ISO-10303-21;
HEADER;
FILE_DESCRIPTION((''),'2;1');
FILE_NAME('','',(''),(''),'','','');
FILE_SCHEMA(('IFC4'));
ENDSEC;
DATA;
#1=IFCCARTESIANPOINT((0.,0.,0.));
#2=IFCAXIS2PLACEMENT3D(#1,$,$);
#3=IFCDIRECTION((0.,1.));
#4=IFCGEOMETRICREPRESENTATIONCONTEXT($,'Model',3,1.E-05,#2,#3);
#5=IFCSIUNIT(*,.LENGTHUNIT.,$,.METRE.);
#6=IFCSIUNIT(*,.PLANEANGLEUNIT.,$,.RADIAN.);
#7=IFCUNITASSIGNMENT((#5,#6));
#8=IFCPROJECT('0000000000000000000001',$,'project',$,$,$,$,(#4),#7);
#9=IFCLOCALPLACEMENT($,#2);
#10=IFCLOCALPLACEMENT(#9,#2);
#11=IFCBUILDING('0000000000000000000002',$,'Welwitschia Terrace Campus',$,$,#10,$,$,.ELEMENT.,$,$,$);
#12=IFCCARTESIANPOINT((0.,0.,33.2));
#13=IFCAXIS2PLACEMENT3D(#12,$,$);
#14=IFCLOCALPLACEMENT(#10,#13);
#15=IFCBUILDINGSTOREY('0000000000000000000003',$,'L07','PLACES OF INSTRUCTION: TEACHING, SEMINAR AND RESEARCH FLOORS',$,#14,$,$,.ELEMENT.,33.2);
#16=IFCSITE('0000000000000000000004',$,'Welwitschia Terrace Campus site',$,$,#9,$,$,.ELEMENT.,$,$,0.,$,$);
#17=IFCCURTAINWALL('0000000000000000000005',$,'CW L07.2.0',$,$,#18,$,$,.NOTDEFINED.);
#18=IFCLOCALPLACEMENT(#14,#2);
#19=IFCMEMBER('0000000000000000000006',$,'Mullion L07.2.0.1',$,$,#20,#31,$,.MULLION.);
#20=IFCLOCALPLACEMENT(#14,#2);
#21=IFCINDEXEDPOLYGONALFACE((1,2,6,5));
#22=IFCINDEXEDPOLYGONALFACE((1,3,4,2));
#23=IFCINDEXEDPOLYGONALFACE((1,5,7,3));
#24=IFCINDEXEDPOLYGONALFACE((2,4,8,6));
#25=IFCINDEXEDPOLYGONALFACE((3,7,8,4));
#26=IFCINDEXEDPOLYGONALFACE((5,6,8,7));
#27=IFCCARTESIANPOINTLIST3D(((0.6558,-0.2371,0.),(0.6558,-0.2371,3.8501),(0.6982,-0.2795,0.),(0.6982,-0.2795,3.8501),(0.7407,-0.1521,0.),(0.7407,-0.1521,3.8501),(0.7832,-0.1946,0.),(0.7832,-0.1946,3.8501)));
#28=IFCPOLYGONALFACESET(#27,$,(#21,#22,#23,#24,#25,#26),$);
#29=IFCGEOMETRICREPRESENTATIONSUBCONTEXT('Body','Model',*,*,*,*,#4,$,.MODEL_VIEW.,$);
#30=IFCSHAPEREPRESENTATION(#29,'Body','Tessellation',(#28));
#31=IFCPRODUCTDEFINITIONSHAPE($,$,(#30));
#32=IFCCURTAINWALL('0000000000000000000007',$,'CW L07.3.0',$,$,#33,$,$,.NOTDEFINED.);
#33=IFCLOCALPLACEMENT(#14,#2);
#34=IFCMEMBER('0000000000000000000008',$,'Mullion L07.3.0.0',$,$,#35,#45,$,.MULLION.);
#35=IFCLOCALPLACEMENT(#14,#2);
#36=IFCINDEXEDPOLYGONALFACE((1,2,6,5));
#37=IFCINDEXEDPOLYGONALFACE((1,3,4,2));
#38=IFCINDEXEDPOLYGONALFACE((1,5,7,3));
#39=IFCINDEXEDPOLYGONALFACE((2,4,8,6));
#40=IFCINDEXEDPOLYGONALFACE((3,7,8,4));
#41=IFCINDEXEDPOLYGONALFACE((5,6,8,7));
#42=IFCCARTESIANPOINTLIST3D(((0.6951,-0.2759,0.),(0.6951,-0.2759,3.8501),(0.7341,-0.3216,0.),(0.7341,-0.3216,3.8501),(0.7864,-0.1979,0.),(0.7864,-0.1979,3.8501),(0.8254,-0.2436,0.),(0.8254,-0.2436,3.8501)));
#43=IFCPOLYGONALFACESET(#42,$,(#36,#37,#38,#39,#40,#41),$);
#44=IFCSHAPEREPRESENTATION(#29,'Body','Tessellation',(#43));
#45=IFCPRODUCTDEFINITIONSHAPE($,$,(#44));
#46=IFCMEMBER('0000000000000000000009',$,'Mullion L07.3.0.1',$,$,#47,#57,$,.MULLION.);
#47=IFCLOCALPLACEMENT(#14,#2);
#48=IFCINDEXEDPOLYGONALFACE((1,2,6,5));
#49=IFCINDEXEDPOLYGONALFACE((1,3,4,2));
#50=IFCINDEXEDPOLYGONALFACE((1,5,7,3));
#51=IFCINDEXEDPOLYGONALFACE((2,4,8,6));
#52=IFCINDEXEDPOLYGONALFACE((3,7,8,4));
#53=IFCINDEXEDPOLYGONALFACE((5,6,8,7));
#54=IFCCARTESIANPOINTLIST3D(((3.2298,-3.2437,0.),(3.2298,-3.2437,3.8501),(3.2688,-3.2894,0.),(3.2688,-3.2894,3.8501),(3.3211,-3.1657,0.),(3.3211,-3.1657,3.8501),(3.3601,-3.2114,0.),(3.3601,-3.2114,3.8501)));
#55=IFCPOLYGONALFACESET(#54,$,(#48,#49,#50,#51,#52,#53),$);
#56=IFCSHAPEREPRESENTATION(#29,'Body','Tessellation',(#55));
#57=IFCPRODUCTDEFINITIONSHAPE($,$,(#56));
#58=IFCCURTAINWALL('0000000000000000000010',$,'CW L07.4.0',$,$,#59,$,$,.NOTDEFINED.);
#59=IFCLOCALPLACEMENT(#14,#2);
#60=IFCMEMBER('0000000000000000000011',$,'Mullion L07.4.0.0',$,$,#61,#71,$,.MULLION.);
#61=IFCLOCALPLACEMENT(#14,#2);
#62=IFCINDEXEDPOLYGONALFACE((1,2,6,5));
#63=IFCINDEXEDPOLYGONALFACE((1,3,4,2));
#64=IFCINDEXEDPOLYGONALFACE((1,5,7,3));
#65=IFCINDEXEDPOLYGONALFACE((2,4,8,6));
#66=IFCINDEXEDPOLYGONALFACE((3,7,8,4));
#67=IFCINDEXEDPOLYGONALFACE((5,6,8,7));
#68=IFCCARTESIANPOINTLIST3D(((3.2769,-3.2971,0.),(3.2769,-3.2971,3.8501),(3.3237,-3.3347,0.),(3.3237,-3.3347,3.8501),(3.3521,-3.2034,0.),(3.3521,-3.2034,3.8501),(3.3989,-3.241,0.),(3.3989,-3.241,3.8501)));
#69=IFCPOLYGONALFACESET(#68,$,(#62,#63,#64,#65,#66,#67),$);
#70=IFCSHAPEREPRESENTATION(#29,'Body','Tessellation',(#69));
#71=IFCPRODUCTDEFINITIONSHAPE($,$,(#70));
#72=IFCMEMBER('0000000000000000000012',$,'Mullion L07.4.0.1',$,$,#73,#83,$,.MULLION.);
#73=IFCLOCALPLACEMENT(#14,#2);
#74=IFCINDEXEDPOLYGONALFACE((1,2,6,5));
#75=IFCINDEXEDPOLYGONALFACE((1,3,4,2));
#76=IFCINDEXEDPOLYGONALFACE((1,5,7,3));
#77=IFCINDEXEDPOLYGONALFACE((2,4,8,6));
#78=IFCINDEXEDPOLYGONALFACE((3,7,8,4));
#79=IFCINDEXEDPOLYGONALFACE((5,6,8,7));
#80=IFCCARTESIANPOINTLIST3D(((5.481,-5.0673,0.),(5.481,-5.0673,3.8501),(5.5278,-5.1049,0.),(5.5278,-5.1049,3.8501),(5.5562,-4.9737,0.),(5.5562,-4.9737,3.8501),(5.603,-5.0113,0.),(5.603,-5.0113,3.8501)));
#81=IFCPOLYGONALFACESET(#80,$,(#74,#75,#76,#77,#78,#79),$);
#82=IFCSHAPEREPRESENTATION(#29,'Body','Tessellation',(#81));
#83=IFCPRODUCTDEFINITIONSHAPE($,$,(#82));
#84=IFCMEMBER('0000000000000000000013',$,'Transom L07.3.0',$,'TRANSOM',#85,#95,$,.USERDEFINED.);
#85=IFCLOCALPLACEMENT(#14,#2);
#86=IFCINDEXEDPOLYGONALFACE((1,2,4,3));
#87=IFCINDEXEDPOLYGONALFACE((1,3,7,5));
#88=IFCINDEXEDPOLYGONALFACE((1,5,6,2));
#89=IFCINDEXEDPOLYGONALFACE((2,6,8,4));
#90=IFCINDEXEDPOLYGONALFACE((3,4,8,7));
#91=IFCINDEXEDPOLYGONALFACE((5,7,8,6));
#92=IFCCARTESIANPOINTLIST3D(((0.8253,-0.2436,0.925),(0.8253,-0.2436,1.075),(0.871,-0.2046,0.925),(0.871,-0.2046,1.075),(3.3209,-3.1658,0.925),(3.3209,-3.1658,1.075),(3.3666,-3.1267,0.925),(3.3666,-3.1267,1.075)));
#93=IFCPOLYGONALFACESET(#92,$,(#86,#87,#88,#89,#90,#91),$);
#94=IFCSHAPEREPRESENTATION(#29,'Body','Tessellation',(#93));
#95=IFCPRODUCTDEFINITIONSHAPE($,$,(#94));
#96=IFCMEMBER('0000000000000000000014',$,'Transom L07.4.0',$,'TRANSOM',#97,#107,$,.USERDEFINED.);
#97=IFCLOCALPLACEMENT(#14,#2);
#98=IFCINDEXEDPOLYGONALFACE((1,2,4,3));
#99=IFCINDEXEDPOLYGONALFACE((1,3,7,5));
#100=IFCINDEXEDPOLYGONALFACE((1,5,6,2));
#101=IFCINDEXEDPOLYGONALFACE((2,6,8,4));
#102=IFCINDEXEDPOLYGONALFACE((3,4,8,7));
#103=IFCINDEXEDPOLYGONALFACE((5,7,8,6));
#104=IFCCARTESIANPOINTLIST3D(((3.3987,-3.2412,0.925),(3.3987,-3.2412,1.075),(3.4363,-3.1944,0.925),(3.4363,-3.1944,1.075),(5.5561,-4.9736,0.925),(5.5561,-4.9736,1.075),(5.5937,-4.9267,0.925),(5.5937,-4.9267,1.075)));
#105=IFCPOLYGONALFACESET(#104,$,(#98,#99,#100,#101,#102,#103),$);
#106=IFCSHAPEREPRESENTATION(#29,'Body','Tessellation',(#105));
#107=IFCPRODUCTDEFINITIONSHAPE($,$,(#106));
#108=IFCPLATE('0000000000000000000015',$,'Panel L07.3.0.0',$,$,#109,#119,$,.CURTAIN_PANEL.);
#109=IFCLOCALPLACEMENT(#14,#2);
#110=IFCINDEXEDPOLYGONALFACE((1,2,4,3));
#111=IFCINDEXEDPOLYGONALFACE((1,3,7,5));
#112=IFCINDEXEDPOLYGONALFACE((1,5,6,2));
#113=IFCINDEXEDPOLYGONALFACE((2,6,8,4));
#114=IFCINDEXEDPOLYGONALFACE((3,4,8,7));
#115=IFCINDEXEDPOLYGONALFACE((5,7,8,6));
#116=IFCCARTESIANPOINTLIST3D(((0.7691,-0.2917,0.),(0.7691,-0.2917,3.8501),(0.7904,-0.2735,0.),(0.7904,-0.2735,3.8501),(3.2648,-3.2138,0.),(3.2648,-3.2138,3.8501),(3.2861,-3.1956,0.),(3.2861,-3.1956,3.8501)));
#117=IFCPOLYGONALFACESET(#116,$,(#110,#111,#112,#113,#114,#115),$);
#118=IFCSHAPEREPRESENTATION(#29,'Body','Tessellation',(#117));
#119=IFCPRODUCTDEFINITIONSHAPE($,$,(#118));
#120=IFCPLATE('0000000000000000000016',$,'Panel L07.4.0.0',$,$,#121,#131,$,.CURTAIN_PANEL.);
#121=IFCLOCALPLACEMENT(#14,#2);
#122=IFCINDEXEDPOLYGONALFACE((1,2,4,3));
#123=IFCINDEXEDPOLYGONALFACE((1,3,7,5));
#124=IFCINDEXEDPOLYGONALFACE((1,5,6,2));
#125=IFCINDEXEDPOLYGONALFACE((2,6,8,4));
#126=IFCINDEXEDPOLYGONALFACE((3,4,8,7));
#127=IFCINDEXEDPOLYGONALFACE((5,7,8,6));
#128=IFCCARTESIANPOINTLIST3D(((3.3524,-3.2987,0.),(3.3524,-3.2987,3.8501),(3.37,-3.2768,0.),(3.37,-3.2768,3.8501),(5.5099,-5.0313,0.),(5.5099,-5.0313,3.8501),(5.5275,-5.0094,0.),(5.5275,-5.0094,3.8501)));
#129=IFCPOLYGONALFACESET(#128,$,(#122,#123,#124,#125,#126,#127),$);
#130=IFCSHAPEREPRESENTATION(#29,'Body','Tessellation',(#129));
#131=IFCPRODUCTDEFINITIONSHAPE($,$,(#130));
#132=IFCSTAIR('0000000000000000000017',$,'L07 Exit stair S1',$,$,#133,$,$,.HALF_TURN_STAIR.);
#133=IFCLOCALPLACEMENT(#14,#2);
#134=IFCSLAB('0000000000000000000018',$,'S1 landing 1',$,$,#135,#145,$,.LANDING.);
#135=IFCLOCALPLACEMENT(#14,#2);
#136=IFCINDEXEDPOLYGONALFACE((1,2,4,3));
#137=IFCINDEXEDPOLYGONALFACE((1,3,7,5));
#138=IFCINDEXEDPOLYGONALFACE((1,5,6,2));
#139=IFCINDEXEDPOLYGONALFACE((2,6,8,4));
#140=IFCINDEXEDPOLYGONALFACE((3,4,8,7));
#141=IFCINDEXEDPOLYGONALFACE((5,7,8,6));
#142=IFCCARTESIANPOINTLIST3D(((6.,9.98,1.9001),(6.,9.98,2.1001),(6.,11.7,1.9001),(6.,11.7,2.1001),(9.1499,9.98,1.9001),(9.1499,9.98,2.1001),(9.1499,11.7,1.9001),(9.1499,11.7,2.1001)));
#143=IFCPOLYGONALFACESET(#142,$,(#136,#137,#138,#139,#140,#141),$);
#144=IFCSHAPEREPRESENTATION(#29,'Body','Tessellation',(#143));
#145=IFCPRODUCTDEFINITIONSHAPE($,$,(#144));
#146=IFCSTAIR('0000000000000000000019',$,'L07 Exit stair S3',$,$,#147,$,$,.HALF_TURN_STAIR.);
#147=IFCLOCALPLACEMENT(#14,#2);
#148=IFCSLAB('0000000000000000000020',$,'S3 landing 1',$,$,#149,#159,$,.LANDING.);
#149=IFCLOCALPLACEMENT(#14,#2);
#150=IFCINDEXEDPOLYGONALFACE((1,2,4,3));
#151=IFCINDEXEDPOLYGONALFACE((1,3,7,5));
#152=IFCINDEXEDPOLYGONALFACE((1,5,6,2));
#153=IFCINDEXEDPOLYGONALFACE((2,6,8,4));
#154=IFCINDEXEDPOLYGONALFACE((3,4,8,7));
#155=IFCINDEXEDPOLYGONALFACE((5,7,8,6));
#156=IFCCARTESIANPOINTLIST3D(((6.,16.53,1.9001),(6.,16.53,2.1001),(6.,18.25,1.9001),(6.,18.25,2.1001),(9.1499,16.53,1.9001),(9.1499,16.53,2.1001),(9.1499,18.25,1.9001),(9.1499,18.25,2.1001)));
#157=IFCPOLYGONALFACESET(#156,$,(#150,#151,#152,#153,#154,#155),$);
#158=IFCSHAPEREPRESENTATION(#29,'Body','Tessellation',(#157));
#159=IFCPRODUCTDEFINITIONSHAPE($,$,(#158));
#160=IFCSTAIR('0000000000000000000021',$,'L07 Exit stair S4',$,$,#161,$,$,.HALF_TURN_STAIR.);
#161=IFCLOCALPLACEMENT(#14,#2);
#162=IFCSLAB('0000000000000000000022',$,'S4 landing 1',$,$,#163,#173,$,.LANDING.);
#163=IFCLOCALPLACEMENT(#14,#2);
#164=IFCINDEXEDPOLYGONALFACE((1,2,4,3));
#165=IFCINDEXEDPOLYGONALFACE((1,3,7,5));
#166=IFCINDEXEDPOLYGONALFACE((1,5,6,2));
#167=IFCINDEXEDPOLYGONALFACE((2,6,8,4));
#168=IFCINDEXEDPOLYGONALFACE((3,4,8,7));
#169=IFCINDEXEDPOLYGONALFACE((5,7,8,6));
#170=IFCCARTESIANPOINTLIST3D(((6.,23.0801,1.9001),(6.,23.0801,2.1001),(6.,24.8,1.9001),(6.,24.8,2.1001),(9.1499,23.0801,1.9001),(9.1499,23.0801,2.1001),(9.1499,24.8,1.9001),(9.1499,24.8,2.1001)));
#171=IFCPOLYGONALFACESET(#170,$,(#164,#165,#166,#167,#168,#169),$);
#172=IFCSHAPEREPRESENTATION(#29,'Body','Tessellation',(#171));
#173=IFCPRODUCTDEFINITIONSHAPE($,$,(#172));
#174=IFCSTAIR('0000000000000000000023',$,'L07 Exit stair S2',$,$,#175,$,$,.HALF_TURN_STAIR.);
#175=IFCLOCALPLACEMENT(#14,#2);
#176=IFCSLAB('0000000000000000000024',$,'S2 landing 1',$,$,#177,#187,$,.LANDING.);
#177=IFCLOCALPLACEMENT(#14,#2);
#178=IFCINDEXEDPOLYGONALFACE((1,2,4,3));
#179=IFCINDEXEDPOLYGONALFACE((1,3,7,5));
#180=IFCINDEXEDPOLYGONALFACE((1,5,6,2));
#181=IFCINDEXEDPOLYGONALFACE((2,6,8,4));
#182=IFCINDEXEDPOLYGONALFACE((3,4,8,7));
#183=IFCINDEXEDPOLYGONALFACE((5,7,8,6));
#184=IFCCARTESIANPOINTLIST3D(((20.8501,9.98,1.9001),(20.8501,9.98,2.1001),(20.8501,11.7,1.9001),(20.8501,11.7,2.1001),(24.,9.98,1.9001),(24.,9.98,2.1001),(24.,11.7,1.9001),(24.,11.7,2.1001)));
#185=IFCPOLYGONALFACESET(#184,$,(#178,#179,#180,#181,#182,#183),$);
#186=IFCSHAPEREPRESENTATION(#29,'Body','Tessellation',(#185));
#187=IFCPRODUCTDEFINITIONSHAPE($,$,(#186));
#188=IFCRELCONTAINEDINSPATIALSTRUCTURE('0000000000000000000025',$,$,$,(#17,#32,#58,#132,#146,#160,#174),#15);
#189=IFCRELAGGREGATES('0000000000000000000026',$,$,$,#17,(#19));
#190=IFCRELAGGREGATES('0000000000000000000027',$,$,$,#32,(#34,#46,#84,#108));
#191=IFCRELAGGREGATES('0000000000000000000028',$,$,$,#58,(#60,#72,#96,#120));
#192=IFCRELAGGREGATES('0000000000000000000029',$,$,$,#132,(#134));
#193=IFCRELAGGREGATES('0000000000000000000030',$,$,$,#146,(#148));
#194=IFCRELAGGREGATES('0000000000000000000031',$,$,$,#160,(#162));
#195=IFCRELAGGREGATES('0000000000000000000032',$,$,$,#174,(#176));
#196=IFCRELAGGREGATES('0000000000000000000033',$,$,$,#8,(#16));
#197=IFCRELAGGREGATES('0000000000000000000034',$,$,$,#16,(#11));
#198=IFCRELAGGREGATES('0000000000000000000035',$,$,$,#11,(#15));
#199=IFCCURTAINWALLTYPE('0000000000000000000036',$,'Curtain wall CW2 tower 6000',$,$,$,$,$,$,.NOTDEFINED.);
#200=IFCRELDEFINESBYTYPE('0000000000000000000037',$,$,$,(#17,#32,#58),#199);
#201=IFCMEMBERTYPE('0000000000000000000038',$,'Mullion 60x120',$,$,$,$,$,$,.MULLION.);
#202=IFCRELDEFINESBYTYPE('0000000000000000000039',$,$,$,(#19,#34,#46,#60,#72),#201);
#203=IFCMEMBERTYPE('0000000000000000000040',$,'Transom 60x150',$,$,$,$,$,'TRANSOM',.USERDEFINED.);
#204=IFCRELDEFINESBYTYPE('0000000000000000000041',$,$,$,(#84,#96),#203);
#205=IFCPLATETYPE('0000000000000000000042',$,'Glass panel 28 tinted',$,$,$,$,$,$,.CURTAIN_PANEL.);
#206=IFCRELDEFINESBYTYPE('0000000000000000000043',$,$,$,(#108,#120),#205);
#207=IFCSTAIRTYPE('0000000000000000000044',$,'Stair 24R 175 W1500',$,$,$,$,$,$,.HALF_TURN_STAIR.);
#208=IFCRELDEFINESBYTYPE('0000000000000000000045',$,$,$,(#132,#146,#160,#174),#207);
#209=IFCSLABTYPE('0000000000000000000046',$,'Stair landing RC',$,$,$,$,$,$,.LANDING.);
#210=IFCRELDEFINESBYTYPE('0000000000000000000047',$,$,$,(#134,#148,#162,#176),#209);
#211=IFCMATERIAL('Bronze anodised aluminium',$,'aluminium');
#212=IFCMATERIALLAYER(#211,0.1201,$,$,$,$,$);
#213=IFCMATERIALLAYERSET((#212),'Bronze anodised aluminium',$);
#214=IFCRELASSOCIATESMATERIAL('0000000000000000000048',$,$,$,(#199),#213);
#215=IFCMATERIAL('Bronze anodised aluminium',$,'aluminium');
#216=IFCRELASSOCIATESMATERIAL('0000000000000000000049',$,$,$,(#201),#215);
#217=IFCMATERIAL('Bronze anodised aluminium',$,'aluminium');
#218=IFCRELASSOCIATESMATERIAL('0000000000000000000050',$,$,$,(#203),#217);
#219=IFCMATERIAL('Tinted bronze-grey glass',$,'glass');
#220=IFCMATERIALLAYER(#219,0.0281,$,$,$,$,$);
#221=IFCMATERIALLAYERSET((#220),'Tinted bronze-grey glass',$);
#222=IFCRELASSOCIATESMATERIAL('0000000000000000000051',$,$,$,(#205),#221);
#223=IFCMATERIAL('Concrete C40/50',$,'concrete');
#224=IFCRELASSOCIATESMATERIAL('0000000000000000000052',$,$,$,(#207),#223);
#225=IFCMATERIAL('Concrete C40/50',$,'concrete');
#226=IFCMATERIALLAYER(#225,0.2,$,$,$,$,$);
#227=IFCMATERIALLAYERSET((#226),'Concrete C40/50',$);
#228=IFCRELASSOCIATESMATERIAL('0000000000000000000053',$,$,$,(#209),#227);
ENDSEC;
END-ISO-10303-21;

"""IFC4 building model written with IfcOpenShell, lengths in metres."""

from ifc_helpers import new_model, si_unit, direction, frame, origin, origin_2d, place, context, subcontext, project, spatial, polyline, rectangle, outline, extrude, material, layer, layer_set, material_profile, profile_set, type_object, element, aggregate, save


model = new_model("IFC4")

# Units and contexts
model_context = context("Model", 3, precision=1e-05, world=origin(), true_north=direction((0.0, 1.0)))
body_context = subcontext(model_context, "Body", "Model", "MODEL_VIEW")
ifc_project = project(units=[si_unit("LENGTHUNIT", "METRE"), si_unit("PLANEANGLEUNIT", "RADIAN")], contexts=[model_context])

# Site, building, storey
site_placement = place(None, origin())
site = spatial("IfcSite", under=ifc_project, at=site_placement, Name="Welwitschia Terrace Campus site", CompositionType="ELEMENT", RefElevation=0.0)
building_placement = place(site_placement, origin())
building = spatial("IfcBuilding", under=site, at=building_placement, Name="Welwitschia Terrace Campus", CompositionType="ELEMENT")
storey_placement = place(building_placement, frame((0.0, 0.0, 33.2)))
storey = spatial("IfcBuildingStorey", under=building, at=storey_placement, Name="L07", Description="PLACES OF INSTRUCTION: TEACHING, SEMINAR AND RESEARCH FLOORS", CompositionType="ELEMENT", Elevation=33.2)

# Curtain wall, member
ifc_material_1 = material(Name="Bronze anodised aluminium", Category="aluminium")
ifc_layer_1 = layer(ifc_material_1, 0.1201)
ifc_layer_set_1 = layer_set([ifc_layer_1], Name="Bronze anodised aluminium")
curtain_wall_type = type_object("IfcCurtainWallType", Name="Curtain wall CW2 tower 6000", PredefinedType="NOTDEFINED", material=ifc_layer_set_1)
curtain_wall_1_placement = place(storey_placement, origin())
curtain_wall_1 = element("IfcCurtainWall", 1, at=curtain_wall_1_placement, inside=storey, type_object=curtain_wall_type, Name="CW L07.2.0", PredefinedType="NOTDEFINED")
ifc_material_2 = material(Name="Bronze anodised aluminium", Category="aluminium")
ifc_material_profile_1 = material_profile(ifc_material_2, rectangle(XDim=0.1201, YDim=0.0601, at=origin_2d()))
ifc_profile_set_1 = profile_set([ifc_material_profile_1], Name="Bronze anodised aluminium")
member_type_1 = type_object("IfcMemberType", Name="Mullion 60x120", PredefinedType="MULLION", material=ifc_profile_set_1)
member_1_placement = place(storey_placement, frame((0.7195, -0.2158, 0.0), z_axis=(0.0, 0.0, 1.0), x_axis=(0.707107, 0.707107, 0.0)))
member_1 = element("IfcMember", 2, at=member_1_placement, type_object=member_type_1, Name="Mullion L07.2.0.1", PredefinedType="MULLION", context=body_context, shape_type="SweptSolid", body=[
    extrude(rectangle(XDim=0.1201, YDim=0.0601, at=origin_2d()), origin(), (0.0, 0.0, 1.0), 3.8501),
])
aggregate(curtain_wall_1, [member_1])

# Curtain walls, members
curtain_wall_2_placement = place(storey_placement, origin())
curtain_wall_2 = element("IfcCurtainWall", 3, at=curtain_wall_2_placement, inside=storey, type_object=curtain_wall_type, Name="CW L07.3.0", PredefinedType="NOTDEFINED")
member_2_placement = place(storey_placement, frame((0.7603, -0.2598, 0.0), z_axis=(0.0, 0.0, 1.0), x_axis=(0.760406, 0.649448, 0.0)))
member_2 = element("IfcMember", 4, at=member_2_placement, type_object=member_type_1, Name="Mullion L07.3.0.0", PredefinedType="MULLION", context=body_context, shape_type="SweptSolid", body=[
    extrude(rectangle(XDim=0.1201, YDim=0.0601, at=origin_2d()), origin(), (0.0, 0.0, 1.0), 3.8501),
])
member_3_placement = place(storey_placement, frame((3.2949, -3.2275, 0.0), z_axis=(0.0, 0.0, 1.0), x_axis=(0.760406, 0.649448, 0.0)))
member_3 = element("IfcMember", 5, at=member_3_placement, type_object=member_type_1, Name="Mullion L07.3.0.1", PredefinedType="MULLION", context=body_context, shape_type="SweptSolid", body=[
    extrude(rectangle(XDim=0.1201, YDim=0.0601, at=origin_2d()), origin(), (0.0, 0.0, 1.0), 3.8501),
])
curtain_wall_3_placement = place(storey_placement, origin())
curtain_wall_3 = element("IfcCurtainWall", 6, at=curtain_wall_3_placement, inside=storey, type_object=curtain_wall_type, Name="CW L07.4.0", PredefinedType="NOTDEFINED")
member_4_placement = place(storey_placement, frame((3.3379, -3.269, 0.0), z_axis=(0.0, 0.0, 1.0), x_axis=(0.626145, 0.779707, 0.0)))
member_4 = element("IfcMember", 7, at=member_4_placement, type_object=member_type_1, Name="Mullion L07.4.0.0", PredefinedType="MULLION", context=body_context, shape_type="SweptSolid", body=[
    extrude(rectangle(XDim=0.1201, YDim=0.0601, at=origin_2d()), origin(), (0.0, 0.0, 1.0), 3.8501),
])
member_5_placement = place(storey_placement, frame((5.542, -5.0393, 0.0), z_axis=(0.0, 0.0, 1.0), x_axis=(0.626145, 0.779707, 0.0)))
member_5 = element("IfcMember", 8, at=member_5_placement, type_object=member_type_1, Name="Mullion L07.4.0.1", PredefinedType="MULLION", context=body_context, shape_type="SweptSolid", body=[
    extrude(rectangle(XDim=0.1201, YDim=0.0601, at=origin_2d()), origin(), (0.0, 0.0, 1.0), 3.8501),
])

# Members
ifc_material_3 = material(Name="Bronze anodised aluminium", Category="aluminium")
ifc_material_profile_2 = material_profile(ifc_material_3, rectangle(XDim=0.0601, YDim=0.1499, at=origin_2d()))
ifc_profile_set_2 = profile_set([ifc_material_profile_2], Name="Bronze anodised aluminium")
member_type_2 = type_object("IfcMemberType", Name="Transom 60x150", ElementType="TRANSOM", PredefinedType="USERDEFINED", material=ifc_profile_set_2)
member_6_placement = place(storey_placement, frame((0.8481, -0.2241, 1.0), z_axis=(0.64943, -0.760421, 0.0), x_axis=(0.760421, 0.64943, 0.0)))
member_6 = element("IfcMember", 9, at=member_6_placement, type_object=member_type_2, Name="Transom L07.3.0", ObjectType="TRANSOM", PredefinedType="USERDEFINED", context=body_context, shape_type="SweptSolid", body=[
    extrude(rectangle(XDim=0.0601, YDim=0.1499, at=origin_2d()), origin(), (0.0, 0.0, 1.0), 3.8428),
])
member_7_placement = place(storey_placement, frame((3.4175, -3.2178, 1.0), z_axis=(0.779731, -0.626114, 0.0), x_axis=(0.626114, 0.779731, 0.0)))
member_7 = element("IfcMember", 10, at=member_7_placement, type_object=member_type_2, Name="Transom L07.4.0", ObjectType="TRANSOM", PredefinedType="USERDEFINED", context=body_context, shape_type="SweptSolid", body=[
    extrude(rectangle(XDim=0.0601, YDim=0.1499, at=origin_2d()), origin(), (0.0, 0.0, 1.0), 2.7668),
])

# Plates
ifc_material_4 = material(Name="Tinted bronze-grey glass", Category="glass")
ifc_layer_2 = layer(ifc_material_4, 0.0281)
ifc_layer_set_2 = layer_set([ifc_layer_2], Name="Tinted bronze-grey glass")
plate_type = type_object("IfcPlateType", Name="Glass panel 28 tinted", PredefinedType="CURTAIN_PANEL", material=ifc_layer_set_2)
plate_1_placement = place(storey_placement, frame((2.0276, -1.7437, 0.0), z_axis=(0.0, 0.0, 1.0), x_axis=(0.649448, -0.760406, 0.0)))
plate_1 = element("IfcPlate", 11, at=plate_1_placement, type_object=plate_type, Name="Panel L07.3.0.0", PredefinedType="CURTAIN_PANEL", context=body_context, shape_type="SweptSolid", body=[
    extrude(rectangle(XDim=3.8428, YDim=0.0281, at=origin_2d()), origin(), (0.0, 0.0, 1.0), 3.8501),
])
aggregate(curtain_wall_2, [member_2, member_3, member_6, plate_1])
plate_2_placement = place(storey_placement, frame((4.4399, -4.1541, 0.0), z_axis=(0.0, 0.0, 1.0), x_axis=(0.779707, -0.626145, 0.0)))
plate_2 = element("IfcPlate", 12, at=plate_2_placement, type_object=plate_type, Name="Panel L07.4.0.0", PredefinedType="CURTAIN_PANEL", context=body_context, shape_type="SweptSolid", body=[
    extrude(rectangle(XDim=2.7671, YDim=0.0281, at=origin_2d()), origin(), (0.0, 0.0, 1.0), 3.8501),
])
aggregate(curtain_wall_3, [member_4, member_5, member_7, plate_2])

# Stairs, slabs
ifc_material_5 = material(Name="Concrete C40/50", Category="concrete")
stair_type = type_object("IfcStairType", Name="Stair 24R 175 W1500", PredefinedType="HALF_TURN_STAIR", material=ifc_material_5)
stair_1_placement = place(storey_placement, origin())
stair_1 = element("IfcStair", 13, at=stair_1_placement, inside=storey, type_object=stair_type, Name="L07 Exit stair S1", PredefinedType="HALF_TURN_STAIR")
ifc_material_6 = material(Name="Concrete C40/50", Category="concrete")
ifc_layer_3 = layer(ifc_material_6, 0.2)
ifc_layer_set_3 = layer_set([ifc_layer_3], Name="Concrete C40/50")
slab_type_1 = type_object("IfcSlabType", Name="Stair landing RC", PredefinedType="LANDING", material=ifc_layer_set_3)
slab_1_placement = place(storey_placement, frame((0.0, 0.0, 1.9001)))
slab_1 = element("IfcSlab", 14, at=slab_1_placement, type_object=slab_type_1, Name="S1 landing 1", PredefinedType="LANDING", context=body_context, shape_type="SweptSolid", body=[
    extrude(outline(polyline([(9.1499, 9.98), (9.1499, 11.7), (6.0, 11.7), (6.0, 9.98), (9.1499, 9.98)])), origin(), (0.0, 0.0, 1.0), 0.2),
])
aggregate(stair_1, [slab_1])
stair_2_placement = place(storey_placement, origin())
stair_2 = element("IfcStair", 15, at=stair_2_placement, inside=storey, type_object=stair_type, Name="L07 Exit stair S3", PredefinedType="HALF_TURN_STAIR")
slab_2_placement = place(storey_placement, frame((0.0, 0.0, 1.9001)))
slab_2 = element("IfcSlab", 16, at=slab_2_placement, type_object=slab_type_1, Name="S3 landing 1", PredefinedType="LANDING", context=body_context, shape_type="SweptSolid", body=[
    extrude(outline(polyline([(9.1499, 16.53), (9.1499, 18.25), (6.0, 18.25), (6.0, 16.53), (9.1499, 16.53)])), origin(), (0.0, 0.0, 1.0), 0.2),
])
aggregate(stair_2, [slab_2])
stair_3_placement = place(storey_placement, origin())
stair_3 = element("IfcStair", 17, at=stair_3_placement, inside=storey, type_object=stair_type, Name="L07 Exit stair S4", PredefinedType="HALF_TURN_STAIR")
slab_3_placement = place(storey_placement, frame((0.0, 0.0, 1.9001)))
slab_3 = element("IfcSlab", 18, at=slab_3_placement, type_object=slab_type_1, Name="S4 landing 1", PredefinedType="LANDING", context=body_context, shape_type="SweptSolid", body=[
    extrude(outline(polyline([(9.1499, 23.0801), (9.1499, 24.8), (6.0, 24.8), (6.0, 23.0801), (9.1499, 23.0801)])), origin(), (0.0, 0.0, 1.0), 0.2),
])
aggregate(stair_3, [slab_3])
stair_4_placement = place(storey_placement, origin())
stair_4 = element("IfcStair", 19, at=stair_4_placement, inside=storey, type_object=stair_type, Name="L07 Exit stair S2", PredefinedType="HALF_TURN_STAIR")
slab_4_placement = place(storey_placement, frame((0.0, 0.0, 1.9001)))
slab_4 = element("IfcSlab", 20, at=slab_4_placement, type_object=slab_type_1, Name="S2 landing 1", PredefinedType="LANDING", context=body_context, shape_type="SweptSolid", body=[
    extrude(outline(polyline([(24.0, 9.98), (24.0, 11.7), (20.8501, 11.7), (20.8501, 9.98), (24.0, 9.98)])), origin(), (0.0, 0.0, 1.0), 0.2),
])
aggregate(stair_4, [slab_4])

save(model, "model.ifc")
